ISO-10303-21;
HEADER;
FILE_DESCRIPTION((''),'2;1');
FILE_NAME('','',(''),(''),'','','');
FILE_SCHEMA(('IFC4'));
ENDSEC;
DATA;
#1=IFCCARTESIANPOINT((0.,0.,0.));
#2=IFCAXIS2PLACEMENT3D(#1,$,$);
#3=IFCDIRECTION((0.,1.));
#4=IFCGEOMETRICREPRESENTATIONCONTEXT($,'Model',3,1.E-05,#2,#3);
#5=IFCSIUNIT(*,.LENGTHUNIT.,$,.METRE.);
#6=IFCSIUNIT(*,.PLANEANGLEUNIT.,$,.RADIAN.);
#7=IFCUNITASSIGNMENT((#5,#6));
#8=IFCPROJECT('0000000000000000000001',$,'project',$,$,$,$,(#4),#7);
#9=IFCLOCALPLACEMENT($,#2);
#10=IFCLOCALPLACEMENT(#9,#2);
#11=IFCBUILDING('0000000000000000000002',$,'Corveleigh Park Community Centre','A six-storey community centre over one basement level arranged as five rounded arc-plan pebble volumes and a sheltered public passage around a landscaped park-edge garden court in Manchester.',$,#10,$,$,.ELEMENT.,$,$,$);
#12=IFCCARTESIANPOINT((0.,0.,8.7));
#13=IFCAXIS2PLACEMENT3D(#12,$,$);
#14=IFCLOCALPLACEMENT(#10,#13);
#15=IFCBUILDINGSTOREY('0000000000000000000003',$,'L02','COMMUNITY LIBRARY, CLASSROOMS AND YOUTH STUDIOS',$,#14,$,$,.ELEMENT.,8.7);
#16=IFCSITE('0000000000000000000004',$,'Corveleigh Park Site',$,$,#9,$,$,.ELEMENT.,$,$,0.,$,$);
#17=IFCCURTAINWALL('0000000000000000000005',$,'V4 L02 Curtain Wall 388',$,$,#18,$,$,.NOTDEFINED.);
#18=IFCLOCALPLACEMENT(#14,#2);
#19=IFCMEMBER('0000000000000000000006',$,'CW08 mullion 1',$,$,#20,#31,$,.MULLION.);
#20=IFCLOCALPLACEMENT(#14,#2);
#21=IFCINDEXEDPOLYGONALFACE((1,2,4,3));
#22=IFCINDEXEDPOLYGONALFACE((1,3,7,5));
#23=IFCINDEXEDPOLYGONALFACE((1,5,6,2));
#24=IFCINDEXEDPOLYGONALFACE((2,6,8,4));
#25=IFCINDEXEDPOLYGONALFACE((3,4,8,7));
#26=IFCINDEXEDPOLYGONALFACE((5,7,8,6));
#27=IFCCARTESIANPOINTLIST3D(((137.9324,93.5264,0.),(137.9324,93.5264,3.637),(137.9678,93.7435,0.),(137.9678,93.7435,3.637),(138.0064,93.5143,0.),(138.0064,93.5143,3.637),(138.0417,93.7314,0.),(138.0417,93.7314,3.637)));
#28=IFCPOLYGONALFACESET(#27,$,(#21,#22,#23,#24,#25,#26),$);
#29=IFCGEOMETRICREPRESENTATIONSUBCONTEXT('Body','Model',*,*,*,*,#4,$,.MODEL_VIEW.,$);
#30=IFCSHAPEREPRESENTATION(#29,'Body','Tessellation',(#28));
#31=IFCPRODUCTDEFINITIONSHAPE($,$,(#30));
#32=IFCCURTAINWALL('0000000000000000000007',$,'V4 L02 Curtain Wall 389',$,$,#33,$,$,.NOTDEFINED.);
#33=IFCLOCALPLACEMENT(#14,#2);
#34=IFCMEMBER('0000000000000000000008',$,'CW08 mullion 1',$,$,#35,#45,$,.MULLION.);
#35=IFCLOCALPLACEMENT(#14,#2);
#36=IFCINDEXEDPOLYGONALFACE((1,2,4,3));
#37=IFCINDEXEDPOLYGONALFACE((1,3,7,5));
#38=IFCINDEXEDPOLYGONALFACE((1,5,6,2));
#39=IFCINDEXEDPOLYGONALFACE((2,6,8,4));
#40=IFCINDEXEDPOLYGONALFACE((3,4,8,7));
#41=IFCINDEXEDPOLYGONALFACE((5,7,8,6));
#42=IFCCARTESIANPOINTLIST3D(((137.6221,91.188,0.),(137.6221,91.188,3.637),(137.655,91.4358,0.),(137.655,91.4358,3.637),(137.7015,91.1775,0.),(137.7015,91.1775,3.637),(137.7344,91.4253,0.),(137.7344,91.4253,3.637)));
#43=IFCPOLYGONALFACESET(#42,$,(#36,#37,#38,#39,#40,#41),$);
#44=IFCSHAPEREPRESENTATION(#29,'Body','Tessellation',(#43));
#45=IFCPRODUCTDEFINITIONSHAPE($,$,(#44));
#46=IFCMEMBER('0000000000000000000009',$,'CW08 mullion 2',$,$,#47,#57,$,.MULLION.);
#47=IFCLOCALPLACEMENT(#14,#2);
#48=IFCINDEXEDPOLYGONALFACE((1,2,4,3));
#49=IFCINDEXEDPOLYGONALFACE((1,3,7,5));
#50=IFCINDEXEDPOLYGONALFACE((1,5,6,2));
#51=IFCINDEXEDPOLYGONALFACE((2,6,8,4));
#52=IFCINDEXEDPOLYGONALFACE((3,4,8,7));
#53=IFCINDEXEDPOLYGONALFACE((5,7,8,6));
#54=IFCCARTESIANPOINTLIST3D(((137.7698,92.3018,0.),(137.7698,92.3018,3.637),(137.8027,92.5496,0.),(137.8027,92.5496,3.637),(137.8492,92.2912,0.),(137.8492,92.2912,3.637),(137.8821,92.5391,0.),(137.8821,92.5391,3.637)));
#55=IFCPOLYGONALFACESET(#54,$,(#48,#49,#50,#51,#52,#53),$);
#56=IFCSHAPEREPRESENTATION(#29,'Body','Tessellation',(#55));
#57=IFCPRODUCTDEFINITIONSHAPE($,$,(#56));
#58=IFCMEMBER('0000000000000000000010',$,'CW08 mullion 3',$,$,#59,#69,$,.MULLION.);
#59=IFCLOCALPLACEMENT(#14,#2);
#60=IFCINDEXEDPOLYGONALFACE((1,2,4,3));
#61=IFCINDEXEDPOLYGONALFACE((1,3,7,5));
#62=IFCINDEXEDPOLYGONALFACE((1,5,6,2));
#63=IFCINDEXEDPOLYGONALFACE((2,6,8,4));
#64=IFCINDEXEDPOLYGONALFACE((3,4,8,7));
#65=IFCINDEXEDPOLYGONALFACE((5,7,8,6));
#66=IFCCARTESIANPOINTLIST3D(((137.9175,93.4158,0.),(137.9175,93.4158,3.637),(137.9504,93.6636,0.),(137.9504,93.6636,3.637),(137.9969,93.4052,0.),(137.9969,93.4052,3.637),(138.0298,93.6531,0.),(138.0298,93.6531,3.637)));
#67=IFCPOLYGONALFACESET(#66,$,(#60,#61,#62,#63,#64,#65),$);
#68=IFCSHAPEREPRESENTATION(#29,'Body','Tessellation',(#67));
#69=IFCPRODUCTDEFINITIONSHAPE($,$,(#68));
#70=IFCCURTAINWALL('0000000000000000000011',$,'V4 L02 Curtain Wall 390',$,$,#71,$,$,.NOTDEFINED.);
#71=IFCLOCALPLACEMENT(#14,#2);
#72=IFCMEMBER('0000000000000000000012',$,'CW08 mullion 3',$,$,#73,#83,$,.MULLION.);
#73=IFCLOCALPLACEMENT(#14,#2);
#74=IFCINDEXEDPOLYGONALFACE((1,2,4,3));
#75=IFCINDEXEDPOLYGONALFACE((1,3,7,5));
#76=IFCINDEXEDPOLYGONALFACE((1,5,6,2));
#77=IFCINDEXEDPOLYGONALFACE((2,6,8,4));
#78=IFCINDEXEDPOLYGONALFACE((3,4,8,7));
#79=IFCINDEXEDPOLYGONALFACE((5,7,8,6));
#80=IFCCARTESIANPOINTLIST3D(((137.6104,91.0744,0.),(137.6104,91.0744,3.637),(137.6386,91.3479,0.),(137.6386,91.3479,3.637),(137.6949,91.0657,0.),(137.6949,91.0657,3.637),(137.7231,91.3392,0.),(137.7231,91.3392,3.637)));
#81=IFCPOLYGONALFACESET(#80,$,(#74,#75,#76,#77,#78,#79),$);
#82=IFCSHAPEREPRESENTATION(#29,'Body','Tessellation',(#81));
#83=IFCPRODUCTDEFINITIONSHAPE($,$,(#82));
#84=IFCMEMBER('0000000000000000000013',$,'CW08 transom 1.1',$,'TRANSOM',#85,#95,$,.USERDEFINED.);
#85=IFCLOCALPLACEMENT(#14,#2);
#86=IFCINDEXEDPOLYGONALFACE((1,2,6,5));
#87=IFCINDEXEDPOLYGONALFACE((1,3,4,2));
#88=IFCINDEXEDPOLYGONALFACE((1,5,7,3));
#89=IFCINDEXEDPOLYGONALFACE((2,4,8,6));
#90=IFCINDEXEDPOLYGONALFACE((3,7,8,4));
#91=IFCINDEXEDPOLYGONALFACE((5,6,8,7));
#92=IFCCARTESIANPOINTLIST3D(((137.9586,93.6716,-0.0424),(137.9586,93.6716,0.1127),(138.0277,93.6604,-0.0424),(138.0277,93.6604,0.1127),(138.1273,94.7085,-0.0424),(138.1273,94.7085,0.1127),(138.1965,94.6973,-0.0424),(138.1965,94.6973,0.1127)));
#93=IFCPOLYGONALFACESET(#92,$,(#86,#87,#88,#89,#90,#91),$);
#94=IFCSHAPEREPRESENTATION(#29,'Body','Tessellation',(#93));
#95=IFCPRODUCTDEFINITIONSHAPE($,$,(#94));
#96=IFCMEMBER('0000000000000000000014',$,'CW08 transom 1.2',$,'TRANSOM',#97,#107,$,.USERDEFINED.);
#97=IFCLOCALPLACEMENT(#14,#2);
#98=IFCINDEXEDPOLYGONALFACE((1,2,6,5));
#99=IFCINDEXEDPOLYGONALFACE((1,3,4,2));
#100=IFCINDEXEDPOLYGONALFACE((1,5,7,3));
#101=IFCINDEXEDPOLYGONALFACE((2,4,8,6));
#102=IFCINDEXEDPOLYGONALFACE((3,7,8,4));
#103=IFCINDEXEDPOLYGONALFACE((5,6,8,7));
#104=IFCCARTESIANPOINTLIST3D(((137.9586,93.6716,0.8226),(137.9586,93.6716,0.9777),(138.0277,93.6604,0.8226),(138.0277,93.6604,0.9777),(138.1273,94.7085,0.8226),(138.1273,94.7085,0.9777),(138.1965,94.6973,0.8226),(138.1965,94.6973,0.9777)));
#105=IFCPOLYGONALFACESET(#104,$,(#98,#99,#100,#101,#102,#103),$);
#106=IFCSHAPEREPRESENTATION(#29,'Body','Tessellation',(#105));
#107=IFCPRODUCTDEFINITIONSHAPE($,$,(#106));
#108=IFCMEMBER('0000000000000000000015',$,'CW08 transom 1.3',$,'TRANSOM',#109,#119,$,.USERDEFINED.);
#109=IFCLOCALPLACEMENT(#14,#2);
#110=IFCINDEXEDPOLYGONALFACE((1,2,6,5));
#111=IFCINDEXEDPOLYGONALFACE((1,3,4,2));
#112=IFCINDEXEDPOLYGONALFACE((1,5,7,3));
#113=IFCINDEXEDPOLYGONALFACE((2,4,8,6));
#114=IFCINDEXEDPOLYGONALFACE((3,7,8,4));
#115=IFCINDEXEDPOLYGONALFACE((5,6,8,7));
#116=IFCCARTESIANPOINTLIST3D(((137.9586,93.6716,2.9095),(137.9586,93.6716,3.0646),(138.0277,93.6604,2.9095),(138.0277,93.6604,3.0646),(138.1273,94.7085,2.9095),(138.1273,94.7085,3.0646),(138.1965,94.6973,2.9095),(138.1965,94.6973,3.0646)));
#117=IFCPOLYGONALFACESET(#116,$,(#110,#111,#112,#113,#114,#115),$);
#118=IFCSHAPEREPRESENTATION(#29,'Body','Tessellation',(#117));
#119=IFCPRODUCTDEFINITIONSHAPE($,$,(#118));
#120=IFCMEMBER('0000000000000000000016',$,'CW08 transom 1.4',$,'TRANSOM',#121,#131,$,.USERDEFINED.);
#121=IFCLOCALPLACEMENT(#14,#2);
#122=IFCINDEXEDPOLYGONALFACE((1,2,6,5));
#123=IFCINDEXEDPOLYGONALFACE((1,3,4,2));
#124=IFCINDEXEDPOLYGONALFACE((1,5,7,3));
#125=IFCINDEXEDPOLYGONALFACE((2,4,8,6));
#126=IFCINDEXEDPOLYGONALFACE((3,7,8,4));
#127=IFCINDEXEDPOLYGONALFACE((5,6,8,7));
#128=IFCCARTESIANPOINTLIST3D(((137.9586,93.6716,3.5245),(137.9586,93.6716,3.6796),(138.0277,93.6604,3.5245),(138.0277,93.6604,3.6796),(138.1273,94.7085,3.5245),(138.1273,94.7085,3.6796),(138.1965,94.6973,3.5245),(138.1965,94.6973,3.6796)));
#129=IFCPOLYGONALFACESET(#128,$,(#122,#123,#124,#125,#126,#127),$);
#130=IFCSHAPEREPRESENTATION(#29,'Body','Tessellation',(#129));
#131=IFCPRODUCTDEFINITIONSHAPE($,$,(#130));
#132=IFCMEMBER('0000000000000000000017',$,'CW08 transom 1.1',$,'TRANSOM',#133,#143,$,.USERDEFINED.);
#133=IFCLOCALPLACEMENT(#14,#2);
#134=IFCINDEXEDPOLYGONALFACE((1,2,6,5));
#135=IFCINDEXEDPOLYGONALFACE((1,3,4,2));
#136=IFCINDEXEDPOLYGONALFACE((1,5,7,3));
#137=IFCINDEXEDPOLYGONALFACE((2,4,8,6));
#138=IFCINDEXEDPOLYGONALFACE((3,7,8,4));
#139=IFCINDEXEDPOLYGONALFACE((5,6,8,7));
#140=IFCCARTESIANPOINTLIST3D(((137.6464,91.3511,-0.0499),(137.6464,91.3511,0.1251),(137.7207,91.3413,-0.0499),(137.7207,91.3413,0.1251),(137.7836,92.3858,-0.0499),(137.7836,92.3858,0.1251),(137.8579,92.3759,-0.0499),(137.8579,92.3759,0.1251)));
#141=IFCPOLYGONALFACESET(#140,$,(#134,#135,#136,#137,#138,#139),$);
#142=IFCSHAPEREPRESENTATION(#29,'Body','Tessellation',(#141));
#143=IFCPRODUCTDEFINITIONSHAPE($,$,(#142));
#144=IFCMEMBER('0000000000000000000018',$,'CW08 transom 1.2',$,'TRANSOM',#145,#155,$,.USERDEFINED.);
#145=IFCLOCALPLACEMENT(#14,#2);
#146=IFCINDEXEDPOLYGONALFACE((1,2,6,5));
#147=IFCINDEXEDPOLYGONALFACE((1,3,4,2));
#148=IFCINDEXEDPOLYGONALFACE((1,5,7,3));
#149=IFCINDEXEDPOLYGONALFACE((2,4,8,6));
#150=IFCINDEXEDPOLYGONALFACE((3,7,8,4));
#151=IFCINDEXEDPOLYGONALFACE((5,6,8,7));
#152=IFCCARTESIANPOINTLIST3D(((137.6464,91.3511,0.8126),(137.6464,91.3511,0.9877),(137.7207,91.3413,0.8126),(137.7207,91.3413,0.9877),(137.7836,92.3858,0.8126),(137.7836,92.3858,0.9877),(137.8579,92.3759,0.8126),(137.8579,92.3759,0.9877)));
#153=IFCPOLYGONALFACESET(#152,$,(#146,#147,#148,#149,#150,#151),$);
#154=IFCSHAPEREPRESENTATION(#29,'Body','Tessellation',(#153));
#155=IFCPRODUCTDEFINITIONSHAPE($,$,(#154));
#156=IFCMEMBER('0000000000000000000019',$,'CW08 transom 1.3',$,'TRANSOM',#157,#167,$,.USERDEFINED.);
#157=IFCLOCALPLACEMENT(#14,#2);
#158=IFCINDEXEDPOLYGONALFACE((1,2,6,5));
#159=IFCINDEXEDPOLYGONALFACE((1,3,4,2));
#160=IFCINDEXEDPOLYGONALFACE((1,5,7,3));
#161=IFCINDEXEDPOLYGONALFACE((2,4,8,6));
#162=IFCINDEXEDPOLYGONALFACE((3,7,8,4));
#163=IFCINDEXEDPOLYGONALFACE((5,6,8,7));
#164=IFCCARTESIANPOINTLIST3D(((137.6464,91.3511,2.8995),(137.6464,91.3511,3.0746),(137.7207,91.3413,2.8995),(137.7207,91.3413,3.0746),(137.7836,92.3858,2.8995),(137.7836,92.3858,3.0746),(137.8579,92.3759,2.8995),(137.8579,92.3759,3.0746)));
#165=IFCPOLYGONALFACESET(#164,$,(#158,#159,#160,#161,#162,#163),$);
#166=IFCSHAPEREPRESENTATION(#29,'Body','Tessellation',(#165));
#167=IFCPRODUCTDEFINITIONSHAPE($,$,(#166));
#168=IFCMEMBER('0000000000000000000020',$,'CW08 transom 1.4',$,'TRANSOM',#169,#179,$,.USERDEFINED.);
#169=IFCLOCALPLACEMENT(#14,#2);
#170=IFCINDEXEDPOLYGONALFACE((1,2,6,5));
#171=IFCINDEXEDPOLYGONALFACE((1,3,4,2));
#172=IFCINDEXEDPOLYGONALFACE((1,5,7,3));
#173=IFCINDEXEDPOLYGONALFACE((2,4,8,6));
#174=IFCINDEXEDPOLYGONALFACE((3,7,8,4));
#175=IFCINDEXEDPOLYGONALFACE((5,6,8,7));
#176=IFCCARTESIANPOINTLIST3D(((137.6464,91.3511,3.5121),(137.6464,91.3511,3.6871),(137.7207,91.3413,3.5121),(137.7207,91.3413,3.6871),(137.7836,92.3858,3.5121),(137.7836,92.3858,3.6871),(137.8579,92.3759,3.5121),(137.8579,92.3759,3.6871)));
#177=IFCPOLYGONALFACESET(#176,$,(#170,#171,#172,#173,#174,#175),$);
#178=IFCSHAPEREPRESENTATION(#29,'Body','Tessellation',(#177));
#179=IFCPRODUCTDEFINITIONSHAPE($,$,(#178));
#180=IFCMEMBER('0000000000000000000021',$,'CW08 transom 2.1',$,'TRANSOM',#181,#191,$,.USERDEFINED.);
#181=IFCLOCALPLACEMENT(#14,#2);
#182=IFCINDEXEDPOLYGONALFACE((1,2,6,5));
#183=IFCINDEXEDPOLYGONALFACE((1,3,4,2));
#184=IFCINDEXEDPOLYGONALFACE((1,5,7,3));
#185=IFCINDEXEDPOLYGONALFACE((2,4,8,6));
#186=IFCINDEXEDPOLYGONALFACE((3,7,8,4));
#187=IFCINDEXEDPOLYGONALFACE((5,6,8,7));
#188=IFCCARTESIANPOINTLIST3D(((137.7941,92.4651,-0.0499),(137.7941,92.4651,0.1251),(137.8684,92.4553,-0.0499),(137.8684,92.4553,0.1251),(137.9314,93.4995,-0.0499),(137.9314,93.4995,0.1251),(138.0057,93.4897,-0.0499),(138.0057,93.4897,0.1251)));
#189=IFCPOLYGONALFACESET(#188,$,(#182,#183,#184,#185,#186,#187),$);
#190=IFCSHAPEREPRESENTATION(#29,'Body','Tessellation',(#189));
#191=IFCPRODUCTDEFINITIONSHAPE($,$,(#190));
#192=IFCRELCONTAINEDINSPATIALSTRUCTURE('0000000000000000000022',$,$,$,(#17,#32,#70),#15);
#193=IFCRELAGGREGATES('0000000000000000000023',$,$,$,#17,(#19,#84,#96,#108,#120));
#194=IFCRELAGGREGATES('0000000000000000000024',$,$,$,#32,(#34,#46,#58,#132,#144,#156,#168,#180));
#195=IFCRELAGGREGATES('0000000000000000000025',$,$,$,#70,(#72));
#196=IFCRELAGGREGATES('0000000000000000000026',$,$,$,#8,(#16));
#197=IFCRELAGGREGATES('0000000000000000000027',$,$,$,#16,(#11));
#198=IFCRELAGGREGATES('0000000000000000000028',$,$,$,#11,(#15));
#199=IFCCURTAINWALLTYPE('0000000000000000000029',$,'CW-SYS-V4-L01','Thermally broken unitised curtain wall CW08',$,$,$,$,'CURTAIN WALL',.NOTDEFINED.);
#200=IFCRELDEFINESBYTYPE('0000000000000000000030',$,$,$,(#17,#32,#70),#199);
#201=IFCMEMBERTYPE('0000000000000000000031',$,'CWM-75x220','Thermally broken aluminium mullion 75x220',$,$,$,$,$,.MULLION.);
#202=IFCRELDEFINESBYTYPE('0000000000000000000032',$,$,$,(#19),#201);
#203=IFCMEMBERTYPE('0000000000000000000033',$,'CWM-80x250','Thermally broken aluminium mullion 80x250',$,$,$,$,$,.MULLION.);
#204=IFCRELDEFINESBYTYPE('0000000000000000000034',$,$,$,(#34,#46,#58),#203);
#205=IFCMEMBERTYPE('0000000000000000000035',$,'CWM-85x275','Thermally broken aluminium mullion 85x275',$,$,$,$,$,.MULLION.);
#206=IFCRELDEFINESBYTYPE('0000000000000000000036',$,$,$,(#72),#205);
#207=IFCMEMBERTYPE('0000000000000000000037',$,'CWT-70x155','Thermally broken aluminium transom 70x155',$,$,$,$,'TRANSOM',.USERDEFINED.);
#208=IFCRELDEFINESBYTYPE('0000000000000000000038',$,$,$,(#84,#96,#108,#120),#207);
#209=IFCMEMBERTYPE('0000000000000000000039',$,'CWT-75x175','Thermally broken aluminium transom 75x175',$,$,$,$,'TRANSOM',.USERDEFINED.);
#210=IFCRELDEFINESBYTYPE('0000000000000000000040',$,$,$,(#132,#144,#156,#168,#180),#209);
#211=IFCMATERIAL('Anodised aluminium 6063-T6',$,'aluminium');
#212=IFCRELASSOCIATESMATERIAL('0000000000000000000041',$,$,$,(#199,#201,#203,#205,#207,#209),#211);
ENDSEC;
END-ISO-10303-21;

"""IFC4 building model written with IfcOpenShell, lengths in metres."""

from ifc_helpers import new_model, si_unit, direction, frame, origin, origin_2d, place, context, subcontext, project, spatial, rectangle, extrude, material, material_profile, profile_set, type_object, element, aggregate, save


model = new_model("IFC4")

# Units and contexts
model_context = context("Model", 3, precision=1e-05, world=origin(), true_north=direction((0.0, 1.0)))
body_context = subcontext(model_context, "Body", "Model", "MODEL_VIEW")
ifc_project = project(units=[si_unit("LENGTHUNIT", "METRE"), si_unit("PLANEANGLEUNIT", "RADIAN")], contexts=[model_context])

# Site, building, storey
site_placement = place(None, origin())
site = spatial("IfcSite", under=ifc_project, at=site_placement, Name="Corveleigh Park Site", CompositionType="ELEMENT", RefElevation=0.0)
building_placement = place(site_placement, origin())
building = spatial("IfcBuilding", under=site, at=building_placement, Name="Corveleigh Park Community Centre", Description="A six-storey community centre over one basement level arranged as five rounded arc-plan pebble volumes and a sheltered public passage around a landscaped park-edge garden court in Manchester.", CompositionType="ELEMENT")
storey_placement = place(building_placement, frame((0.0, 0.0, 8.7)))
storey = spatial("IfcBuildingStorey", under=building, at=storey_placement, Name="L02", Description="COMMUNITY LIBRARY, CLASSROOMS AND YOUTH STUDIOS", CompositionType="ELEMENT", Elevation=8.7)

# Curtain wall, member
ifc_material_1 = material(Name="Anodised aluminium 6063-T6", Category="aluminium")
curtain_wall_type = type_object("IfcCurtainWallType", Name="CW-SYS-V4-L01", Description="Thermally broken unitised curtain wall CW08", ElementType="CURTAIN WALL", PredefinedType="NOTDEFINED", material=ifc_material_1)
curtain_wall_1_placement = place(storey_placement, origin())
curtain_wall_1 = element("IfcCurtainWall", 1, at=curtain_wall_1_placement, inside=storey, type_object=curtain_wall_type, Name="V4 L02 Curtain Wall 388", PredefinedType="NOTDEFINED")
ifc_material_profile_1 = material_profile(ifc_material_1, rectangle(XDim=0.075, YDim=0.22, at=origin_2d()), Name="ALU-M75x220", Category="aluminium")
ifc_profile_set_1 = profile_set([ifc_material_profile_1], Name="Anodised aluminium 6063-T6")
member_type_1 = type_object("IfcMemberType", Name="CWM-75x220", Description="Thermally broken aluminium mullion 75x220", PredefinedType="MULLION", material=ifc_profile_set_1)
member_1_placement = place(storey_placement, frame((137.9871, 93.6289, 0.0), z_axis=(0.0, 0.0, 1.0), x_axis=(-0.986991, 0.160773, 0.0)))
member_1 = element("IfcMember", 2, at=member_1_placement, type_object=member_type_1, Name="CW08 mullion 1", PredefinedType="MULLION", context=body_context, shape_type="SweptSolid", body=[
    extrude(rectangle(XDim=0.075, YDim=0.22, at=origin_2d()), origin(), (0.0, 0.0, 1.0), 3.637),
])

# Curtain wall, members
curtain_wall_2_placement = place(storey_placement, origin())
curtain_wall_2 = element("IfcCurtainWall", 3, at=curtain_wall_2_placement, inside=storey, type_object=curtain_wall_type, Name="V4 L02 Curtain Wall 389", PredefinedType="NOTDEFINED")
ifc_material_profile_2 = material_profile(ifc_material_1, rectangle(XDim=0.0801, YDim=0.25, at=origin_2d()), Name="ALU-M80x250", Category="aluminium")
ifc_profile_set_2 = profile_set([ifc_material_profile_2], Name="Anodised aluminium 6063-T6")
member_type_2 = type_object("IfcMemberType", Name="CWM-80x250", Description="Thermally broken aluminium mullion 80x250", PredefinedType="MULLION", material=ifc_profile_set_2)
member_2_placement = place(storey_placement, frame((137.6782, 91.3066, 0.0), z_axis=(0.0, 0.0, 1.0), x_axis=(-0.991318, 0.131488, 0.0)))
member_2 = element("IfcMember", 4, at=member_2_placement, type_object=member_type_2, Name="CW08 mullion 1", PredefinedType="MULLION", context=body_context, shape_type="SweptSolid", body=[
    extrude(rectangle(XDim=0.0801, YDim=0.25, at=origin_2d()), origin(), (0.0, 0.0, 1.0), 3.637),
])
member_3_placement = place(storey_placement, frame((137.8259, 92.4204, 0.0), z_axis=(0.0, 0.0, 1.0), x_axis=(-0.991318, 0.131488, 0.0)))
member_3 = element("IfcMember", 5, at=member_3_placement, type_object=member_type_2, Name="CW08 mullion 2", PredefinedType="MULLION", context=body_context, shape_type="SweptSolid", body=[
    extrude(rectangle(XDim=0.0801, YDim=0.25, at=origin_2d()), origin(), (0.0, 0.0, 1.0), 3.637),
])
member_4_placement = place(storey_placement, frame((137.9736, 93.5344, 0.0), z_axis=(0.0, 0.0, 1.0), x_axis=(-0.991318, 0.131488, 0.0)))
member_4 = element("IfcMember", 6, at=member_4_placement, type_object=member_type_2, Name="CW08 mullion 3", PredefinedType="MULLION", context=body_context, shape_type="SweptSolid", body=[
    extrude(rectangle(XDim=0.0801, YDim=0.25, at=origin_2d()), origin(), (0.0, 0.0, 1.0), 3.637),
])

# Curtain wall, member
curtain_wall_3_placement = place(storey_placement, origin())
curtain_wall_3 = element("IfcCurtainWall", 7, at=curtain_wall_3_placement, inside=storey, type_object=curtain_wall_type, Name="V4 L02 Curtain Wall 390", PredefinedType="NOTDEFINED")
ifc_material_profile_3 = material_profile(ifc_material_1, rectangle(XDim=0.085, YDim=0.2749, at=origin_2d()), Name="ALU-M85x275", Category="aluminium")
ifc_profile_set_3 = profile_set([ifc_material_profile_3], Name="Anodised aluminium 6063-T6")
member_type_3 = type_object("IfcMemberType", Name="CWM-85x275", Description="Thermally broken aluminium mullion 85x275", PredefinedType="MULLION", material=ifc_profile_set_3)
member_5_placement = place(storey_placement, frame((137.6667, 91.2068, 0.0), z_axis=(0.0, 0.0, 1.0), x_axis=(-0.994752, 0.102312, 0.0)))
member_5 = element("IfcMember", 8, at=member_5_placement, type_object=member_type_3, Name="CW08 mullion 3", PredefinedType="MULLION", context=body_context, shape_type="SweptSolid", body=[
    extrude(rectangle(XDim=0.085, YDim=0.2749, at=origin_2d()), origin(), (0.0, 0.0, 1.0), 3.637),
])

# Members
ifc_material_profile_4 = material_profile(ifc_material_1, rectangle(XDim=0.0701, YDim=0.155, at=origin_2d()), Name="ALU-T70x155", Category="aluminium")
ifc_profile_set_4 = profile_set([ifc_material_profile_4], Name="Anodised aluminium 6063-T6")
member_type_4 = type_object("IfcMemberType", Name="CWT-70x155", Description="Thermally broken aluminium transom 70x155", ElementType="TRANSOM", PredefinedType="USERDEFINED", material=ifc_profile_set_4)
member_6_placement = place(storey_placement, frame((137.9932, 93.666, 0.0352), z_axis=(0.160591, 0.987021, 0.0), x_axis=(-0.987021, 0.160591, 0.0)))
member_6 = element("IfcMember", 9, at=member_6_placement, type_object=member_type_4, Name="CW08 transom 1.1", ObjectType="TRANSOM", PredefinedType="USERDEFINED", context=body_context, shape_type="SweptSolid", body=[
    extrude(rectangle(XDim=0.0701, YDim=0.155, at=origin_2d()), origin(), (0.0, 0.0, 1.0), 1.0505),
])
member_7_placement = place(storey_placement, frame((137.9932, 93.666, 0.9001), z_axis=(0.160591, 0.987021, 0.0), x_axis=(-0.987021, 0.160591, 0.0)))
member_7 = element("IfcMember", 10, at=member_7_placement, type_object=member_type_4, Name="CW08 transom 1.2", ObjectType="TRANSOM", PredefinedType="USERDEFINED", context=body_context, shape_type="SweptSolid", body=[
    extrude(rectangle(XDim=0.0701, YDim=0.155, at=origin_2d()), origin(), (0.0, 0.0, 1.0), 1.0505),
])
member_8_placement = place(storey_placement, frame((137.9932, 93.666, 2.9871), z_axis=(0.160591, 0.987021, 0.0), x_axis=(-0.987021, 0.160591, 0.0)))
member_8 = element("IfcMember", 11, at=member_8_placement, type_object=member_type_4, Name="CW08 transom 1.3", ObjectType="TRANSOM", PredefinedType="USERDEFINED", context=body_context, shape_type="SweptSolid", body=[
    extrude(rectangle(XDim=0.0701, YDim=0.155, at=origin_2d()), origin(), (0.0, 0.0, 1.0), 1.0505),
])
member_9_placement = place(storey_placement, frame((137.9932, 93.666, 3.6021), z_axis=(0.160591, 0.987021, 0.0), x_axis=(-0.987021, 0.160591, 0.0)))
member_9 = element("IfcMember", 12, at=member_9_placement, type_object=member_type_4, Name="CW08 transom 1.4", ObjectType="TRANSOM", PredefinedType="USERDEFINED", context=body_context, shape_type="SweptSolid", body=[
    extrude(rectangle(XDim=0.0701, YDim=0.155, at=origin_2d()), origin(), (0.0, 0.0, 1.0), 1.0505),
])
ifc_material_profile_5 = material_profile(ifc_material_1, rectangle(XDim=0.075, YDim=0.175, at=origin_2d()), Name="ALU-T75x175", Category="aluminium")
ifc_profile_set_5 = profile_set([ifc_material_profile_5], Name="Anodised aluminium 6063-T6")
member_type_5 = type_object("IfcMemberType", Name="CWT-75x175", Description="Thermally broken aluminium transom 75x175", ElementType="TRANSOM", PredefinedType="USERDEFINED", material=ifc_profile_set_5)
member_10_placement = place(storey_placement, frame((137.6836, 91.3462, 0.0376), z_axis=(0.131459, 0.991322, 0.0), x_axis=(-0.991322, 0.131459, 0.0)))
member_10 = element("IfcMember", 13, at=member_10_placement, type_object=member_type_5, Name="CW08 transom 1.1", ObjectType="TRANSOM", PredefinedType="USERDEFINED", context=body_context, shape_type="SweptSolid", body=[
    extrude(rectangle(XDim=0.075, YDim=0.175, at=origin_2d()), origin(), (0.0, 0.0, 1.0), 1.0437),
])
member_11_placement = place(storey_placement, frame((137.6836, 91.3462, 0.9001), z_axis=(0.131459, 0.991322, 0.0), x_axis=(-0.991322, 0.131459, 0.0)))
member_11 = element("IfcMember", 14, at=member_11_placement, type_object=member_type_5, Name="CW08 transom 1.2", ObjectType="TRANSOM", PredefinedType="USERDEFINED", context=body_context, shape_type="SweptSolid", body=[
    extrude(rectangle(XDim=0.075, YDim=0.175, at=origin_2d()), origin(), (0.0, 0.0, 1.0), 1.0437),
])
member_12_placement = place(storey_placement, frame((137.6836, 91.3462, 2.9871), z_axis=(0.131459, 0.991322, 0.0), x_axis=(-0.991322, 0.131459, 0.0)))
member_12 = element("IfcMember", 15, at=member_12_placement, type_object=member_type_5, Name="CW08 transom 1.3", ObjectType="TRANSOM", PredefinedType="USERDEFINED", context=body_context, shape_type="SweptSolid", body=[
    extrude(rectangle(XDim=0.075, YDim=0.175, at=origin_2d()), origin(), (0.0, 0.0, 1.0), 1.0437),
])
member_13_placement = place(storey_placement, frame((137.6836, 91.3462, 3.5996), z_axis=(0.131459, 0.991322, 0.0), x_axis=(-0.991322, 0.131459, 0.0)))
member_13 = element("IfcMember", 16, at=member_13_placement, type_object=member_type_5, Name="CW08 transom 1.4", ObjectType="TRANSOM", PredefinedType="USERDEFINED", context=body_context, shape_type="SweptSolid", body=[
    extrude(rectangle(XDim=0.075, YDim=0.175, at=origin_2d()), origin(), (0.0, 0.0, 1.0), 1.0437),
])
member_14_placement = place(storey_placement, frame((137.8313, 92.4602, 0.0376), z_axis=(0.131489, 0.991318, 0.0), x_axis=(-0.991318, 0.131489, 0.0)))
member_14 = element("IfcMember", 17, at=member_14_placement, type_object=member_type_5, Name="CW08 transom 2.1", ObjectType="TRANSOM", PredefinedType="USERDEFINED", context=body_context, shape_type="SweptSolid", body=[
    extrude(rectangle(XDim=0.075, YDim=0.175, at=origin_2d()), origin(), (0.0, 0.0, 1.0), 1.0435),
])

aggregate(curtain_wall_1, [member_1, member_6, member_7, member_8, member_9])
aggregate(curtain_wall_2, [member_2, member_3, member_4, member_10, member_11, member_12, member_13, member_14])
aggregate(curtain_wall_3, [member_5])

save(model, "model.ifc")
